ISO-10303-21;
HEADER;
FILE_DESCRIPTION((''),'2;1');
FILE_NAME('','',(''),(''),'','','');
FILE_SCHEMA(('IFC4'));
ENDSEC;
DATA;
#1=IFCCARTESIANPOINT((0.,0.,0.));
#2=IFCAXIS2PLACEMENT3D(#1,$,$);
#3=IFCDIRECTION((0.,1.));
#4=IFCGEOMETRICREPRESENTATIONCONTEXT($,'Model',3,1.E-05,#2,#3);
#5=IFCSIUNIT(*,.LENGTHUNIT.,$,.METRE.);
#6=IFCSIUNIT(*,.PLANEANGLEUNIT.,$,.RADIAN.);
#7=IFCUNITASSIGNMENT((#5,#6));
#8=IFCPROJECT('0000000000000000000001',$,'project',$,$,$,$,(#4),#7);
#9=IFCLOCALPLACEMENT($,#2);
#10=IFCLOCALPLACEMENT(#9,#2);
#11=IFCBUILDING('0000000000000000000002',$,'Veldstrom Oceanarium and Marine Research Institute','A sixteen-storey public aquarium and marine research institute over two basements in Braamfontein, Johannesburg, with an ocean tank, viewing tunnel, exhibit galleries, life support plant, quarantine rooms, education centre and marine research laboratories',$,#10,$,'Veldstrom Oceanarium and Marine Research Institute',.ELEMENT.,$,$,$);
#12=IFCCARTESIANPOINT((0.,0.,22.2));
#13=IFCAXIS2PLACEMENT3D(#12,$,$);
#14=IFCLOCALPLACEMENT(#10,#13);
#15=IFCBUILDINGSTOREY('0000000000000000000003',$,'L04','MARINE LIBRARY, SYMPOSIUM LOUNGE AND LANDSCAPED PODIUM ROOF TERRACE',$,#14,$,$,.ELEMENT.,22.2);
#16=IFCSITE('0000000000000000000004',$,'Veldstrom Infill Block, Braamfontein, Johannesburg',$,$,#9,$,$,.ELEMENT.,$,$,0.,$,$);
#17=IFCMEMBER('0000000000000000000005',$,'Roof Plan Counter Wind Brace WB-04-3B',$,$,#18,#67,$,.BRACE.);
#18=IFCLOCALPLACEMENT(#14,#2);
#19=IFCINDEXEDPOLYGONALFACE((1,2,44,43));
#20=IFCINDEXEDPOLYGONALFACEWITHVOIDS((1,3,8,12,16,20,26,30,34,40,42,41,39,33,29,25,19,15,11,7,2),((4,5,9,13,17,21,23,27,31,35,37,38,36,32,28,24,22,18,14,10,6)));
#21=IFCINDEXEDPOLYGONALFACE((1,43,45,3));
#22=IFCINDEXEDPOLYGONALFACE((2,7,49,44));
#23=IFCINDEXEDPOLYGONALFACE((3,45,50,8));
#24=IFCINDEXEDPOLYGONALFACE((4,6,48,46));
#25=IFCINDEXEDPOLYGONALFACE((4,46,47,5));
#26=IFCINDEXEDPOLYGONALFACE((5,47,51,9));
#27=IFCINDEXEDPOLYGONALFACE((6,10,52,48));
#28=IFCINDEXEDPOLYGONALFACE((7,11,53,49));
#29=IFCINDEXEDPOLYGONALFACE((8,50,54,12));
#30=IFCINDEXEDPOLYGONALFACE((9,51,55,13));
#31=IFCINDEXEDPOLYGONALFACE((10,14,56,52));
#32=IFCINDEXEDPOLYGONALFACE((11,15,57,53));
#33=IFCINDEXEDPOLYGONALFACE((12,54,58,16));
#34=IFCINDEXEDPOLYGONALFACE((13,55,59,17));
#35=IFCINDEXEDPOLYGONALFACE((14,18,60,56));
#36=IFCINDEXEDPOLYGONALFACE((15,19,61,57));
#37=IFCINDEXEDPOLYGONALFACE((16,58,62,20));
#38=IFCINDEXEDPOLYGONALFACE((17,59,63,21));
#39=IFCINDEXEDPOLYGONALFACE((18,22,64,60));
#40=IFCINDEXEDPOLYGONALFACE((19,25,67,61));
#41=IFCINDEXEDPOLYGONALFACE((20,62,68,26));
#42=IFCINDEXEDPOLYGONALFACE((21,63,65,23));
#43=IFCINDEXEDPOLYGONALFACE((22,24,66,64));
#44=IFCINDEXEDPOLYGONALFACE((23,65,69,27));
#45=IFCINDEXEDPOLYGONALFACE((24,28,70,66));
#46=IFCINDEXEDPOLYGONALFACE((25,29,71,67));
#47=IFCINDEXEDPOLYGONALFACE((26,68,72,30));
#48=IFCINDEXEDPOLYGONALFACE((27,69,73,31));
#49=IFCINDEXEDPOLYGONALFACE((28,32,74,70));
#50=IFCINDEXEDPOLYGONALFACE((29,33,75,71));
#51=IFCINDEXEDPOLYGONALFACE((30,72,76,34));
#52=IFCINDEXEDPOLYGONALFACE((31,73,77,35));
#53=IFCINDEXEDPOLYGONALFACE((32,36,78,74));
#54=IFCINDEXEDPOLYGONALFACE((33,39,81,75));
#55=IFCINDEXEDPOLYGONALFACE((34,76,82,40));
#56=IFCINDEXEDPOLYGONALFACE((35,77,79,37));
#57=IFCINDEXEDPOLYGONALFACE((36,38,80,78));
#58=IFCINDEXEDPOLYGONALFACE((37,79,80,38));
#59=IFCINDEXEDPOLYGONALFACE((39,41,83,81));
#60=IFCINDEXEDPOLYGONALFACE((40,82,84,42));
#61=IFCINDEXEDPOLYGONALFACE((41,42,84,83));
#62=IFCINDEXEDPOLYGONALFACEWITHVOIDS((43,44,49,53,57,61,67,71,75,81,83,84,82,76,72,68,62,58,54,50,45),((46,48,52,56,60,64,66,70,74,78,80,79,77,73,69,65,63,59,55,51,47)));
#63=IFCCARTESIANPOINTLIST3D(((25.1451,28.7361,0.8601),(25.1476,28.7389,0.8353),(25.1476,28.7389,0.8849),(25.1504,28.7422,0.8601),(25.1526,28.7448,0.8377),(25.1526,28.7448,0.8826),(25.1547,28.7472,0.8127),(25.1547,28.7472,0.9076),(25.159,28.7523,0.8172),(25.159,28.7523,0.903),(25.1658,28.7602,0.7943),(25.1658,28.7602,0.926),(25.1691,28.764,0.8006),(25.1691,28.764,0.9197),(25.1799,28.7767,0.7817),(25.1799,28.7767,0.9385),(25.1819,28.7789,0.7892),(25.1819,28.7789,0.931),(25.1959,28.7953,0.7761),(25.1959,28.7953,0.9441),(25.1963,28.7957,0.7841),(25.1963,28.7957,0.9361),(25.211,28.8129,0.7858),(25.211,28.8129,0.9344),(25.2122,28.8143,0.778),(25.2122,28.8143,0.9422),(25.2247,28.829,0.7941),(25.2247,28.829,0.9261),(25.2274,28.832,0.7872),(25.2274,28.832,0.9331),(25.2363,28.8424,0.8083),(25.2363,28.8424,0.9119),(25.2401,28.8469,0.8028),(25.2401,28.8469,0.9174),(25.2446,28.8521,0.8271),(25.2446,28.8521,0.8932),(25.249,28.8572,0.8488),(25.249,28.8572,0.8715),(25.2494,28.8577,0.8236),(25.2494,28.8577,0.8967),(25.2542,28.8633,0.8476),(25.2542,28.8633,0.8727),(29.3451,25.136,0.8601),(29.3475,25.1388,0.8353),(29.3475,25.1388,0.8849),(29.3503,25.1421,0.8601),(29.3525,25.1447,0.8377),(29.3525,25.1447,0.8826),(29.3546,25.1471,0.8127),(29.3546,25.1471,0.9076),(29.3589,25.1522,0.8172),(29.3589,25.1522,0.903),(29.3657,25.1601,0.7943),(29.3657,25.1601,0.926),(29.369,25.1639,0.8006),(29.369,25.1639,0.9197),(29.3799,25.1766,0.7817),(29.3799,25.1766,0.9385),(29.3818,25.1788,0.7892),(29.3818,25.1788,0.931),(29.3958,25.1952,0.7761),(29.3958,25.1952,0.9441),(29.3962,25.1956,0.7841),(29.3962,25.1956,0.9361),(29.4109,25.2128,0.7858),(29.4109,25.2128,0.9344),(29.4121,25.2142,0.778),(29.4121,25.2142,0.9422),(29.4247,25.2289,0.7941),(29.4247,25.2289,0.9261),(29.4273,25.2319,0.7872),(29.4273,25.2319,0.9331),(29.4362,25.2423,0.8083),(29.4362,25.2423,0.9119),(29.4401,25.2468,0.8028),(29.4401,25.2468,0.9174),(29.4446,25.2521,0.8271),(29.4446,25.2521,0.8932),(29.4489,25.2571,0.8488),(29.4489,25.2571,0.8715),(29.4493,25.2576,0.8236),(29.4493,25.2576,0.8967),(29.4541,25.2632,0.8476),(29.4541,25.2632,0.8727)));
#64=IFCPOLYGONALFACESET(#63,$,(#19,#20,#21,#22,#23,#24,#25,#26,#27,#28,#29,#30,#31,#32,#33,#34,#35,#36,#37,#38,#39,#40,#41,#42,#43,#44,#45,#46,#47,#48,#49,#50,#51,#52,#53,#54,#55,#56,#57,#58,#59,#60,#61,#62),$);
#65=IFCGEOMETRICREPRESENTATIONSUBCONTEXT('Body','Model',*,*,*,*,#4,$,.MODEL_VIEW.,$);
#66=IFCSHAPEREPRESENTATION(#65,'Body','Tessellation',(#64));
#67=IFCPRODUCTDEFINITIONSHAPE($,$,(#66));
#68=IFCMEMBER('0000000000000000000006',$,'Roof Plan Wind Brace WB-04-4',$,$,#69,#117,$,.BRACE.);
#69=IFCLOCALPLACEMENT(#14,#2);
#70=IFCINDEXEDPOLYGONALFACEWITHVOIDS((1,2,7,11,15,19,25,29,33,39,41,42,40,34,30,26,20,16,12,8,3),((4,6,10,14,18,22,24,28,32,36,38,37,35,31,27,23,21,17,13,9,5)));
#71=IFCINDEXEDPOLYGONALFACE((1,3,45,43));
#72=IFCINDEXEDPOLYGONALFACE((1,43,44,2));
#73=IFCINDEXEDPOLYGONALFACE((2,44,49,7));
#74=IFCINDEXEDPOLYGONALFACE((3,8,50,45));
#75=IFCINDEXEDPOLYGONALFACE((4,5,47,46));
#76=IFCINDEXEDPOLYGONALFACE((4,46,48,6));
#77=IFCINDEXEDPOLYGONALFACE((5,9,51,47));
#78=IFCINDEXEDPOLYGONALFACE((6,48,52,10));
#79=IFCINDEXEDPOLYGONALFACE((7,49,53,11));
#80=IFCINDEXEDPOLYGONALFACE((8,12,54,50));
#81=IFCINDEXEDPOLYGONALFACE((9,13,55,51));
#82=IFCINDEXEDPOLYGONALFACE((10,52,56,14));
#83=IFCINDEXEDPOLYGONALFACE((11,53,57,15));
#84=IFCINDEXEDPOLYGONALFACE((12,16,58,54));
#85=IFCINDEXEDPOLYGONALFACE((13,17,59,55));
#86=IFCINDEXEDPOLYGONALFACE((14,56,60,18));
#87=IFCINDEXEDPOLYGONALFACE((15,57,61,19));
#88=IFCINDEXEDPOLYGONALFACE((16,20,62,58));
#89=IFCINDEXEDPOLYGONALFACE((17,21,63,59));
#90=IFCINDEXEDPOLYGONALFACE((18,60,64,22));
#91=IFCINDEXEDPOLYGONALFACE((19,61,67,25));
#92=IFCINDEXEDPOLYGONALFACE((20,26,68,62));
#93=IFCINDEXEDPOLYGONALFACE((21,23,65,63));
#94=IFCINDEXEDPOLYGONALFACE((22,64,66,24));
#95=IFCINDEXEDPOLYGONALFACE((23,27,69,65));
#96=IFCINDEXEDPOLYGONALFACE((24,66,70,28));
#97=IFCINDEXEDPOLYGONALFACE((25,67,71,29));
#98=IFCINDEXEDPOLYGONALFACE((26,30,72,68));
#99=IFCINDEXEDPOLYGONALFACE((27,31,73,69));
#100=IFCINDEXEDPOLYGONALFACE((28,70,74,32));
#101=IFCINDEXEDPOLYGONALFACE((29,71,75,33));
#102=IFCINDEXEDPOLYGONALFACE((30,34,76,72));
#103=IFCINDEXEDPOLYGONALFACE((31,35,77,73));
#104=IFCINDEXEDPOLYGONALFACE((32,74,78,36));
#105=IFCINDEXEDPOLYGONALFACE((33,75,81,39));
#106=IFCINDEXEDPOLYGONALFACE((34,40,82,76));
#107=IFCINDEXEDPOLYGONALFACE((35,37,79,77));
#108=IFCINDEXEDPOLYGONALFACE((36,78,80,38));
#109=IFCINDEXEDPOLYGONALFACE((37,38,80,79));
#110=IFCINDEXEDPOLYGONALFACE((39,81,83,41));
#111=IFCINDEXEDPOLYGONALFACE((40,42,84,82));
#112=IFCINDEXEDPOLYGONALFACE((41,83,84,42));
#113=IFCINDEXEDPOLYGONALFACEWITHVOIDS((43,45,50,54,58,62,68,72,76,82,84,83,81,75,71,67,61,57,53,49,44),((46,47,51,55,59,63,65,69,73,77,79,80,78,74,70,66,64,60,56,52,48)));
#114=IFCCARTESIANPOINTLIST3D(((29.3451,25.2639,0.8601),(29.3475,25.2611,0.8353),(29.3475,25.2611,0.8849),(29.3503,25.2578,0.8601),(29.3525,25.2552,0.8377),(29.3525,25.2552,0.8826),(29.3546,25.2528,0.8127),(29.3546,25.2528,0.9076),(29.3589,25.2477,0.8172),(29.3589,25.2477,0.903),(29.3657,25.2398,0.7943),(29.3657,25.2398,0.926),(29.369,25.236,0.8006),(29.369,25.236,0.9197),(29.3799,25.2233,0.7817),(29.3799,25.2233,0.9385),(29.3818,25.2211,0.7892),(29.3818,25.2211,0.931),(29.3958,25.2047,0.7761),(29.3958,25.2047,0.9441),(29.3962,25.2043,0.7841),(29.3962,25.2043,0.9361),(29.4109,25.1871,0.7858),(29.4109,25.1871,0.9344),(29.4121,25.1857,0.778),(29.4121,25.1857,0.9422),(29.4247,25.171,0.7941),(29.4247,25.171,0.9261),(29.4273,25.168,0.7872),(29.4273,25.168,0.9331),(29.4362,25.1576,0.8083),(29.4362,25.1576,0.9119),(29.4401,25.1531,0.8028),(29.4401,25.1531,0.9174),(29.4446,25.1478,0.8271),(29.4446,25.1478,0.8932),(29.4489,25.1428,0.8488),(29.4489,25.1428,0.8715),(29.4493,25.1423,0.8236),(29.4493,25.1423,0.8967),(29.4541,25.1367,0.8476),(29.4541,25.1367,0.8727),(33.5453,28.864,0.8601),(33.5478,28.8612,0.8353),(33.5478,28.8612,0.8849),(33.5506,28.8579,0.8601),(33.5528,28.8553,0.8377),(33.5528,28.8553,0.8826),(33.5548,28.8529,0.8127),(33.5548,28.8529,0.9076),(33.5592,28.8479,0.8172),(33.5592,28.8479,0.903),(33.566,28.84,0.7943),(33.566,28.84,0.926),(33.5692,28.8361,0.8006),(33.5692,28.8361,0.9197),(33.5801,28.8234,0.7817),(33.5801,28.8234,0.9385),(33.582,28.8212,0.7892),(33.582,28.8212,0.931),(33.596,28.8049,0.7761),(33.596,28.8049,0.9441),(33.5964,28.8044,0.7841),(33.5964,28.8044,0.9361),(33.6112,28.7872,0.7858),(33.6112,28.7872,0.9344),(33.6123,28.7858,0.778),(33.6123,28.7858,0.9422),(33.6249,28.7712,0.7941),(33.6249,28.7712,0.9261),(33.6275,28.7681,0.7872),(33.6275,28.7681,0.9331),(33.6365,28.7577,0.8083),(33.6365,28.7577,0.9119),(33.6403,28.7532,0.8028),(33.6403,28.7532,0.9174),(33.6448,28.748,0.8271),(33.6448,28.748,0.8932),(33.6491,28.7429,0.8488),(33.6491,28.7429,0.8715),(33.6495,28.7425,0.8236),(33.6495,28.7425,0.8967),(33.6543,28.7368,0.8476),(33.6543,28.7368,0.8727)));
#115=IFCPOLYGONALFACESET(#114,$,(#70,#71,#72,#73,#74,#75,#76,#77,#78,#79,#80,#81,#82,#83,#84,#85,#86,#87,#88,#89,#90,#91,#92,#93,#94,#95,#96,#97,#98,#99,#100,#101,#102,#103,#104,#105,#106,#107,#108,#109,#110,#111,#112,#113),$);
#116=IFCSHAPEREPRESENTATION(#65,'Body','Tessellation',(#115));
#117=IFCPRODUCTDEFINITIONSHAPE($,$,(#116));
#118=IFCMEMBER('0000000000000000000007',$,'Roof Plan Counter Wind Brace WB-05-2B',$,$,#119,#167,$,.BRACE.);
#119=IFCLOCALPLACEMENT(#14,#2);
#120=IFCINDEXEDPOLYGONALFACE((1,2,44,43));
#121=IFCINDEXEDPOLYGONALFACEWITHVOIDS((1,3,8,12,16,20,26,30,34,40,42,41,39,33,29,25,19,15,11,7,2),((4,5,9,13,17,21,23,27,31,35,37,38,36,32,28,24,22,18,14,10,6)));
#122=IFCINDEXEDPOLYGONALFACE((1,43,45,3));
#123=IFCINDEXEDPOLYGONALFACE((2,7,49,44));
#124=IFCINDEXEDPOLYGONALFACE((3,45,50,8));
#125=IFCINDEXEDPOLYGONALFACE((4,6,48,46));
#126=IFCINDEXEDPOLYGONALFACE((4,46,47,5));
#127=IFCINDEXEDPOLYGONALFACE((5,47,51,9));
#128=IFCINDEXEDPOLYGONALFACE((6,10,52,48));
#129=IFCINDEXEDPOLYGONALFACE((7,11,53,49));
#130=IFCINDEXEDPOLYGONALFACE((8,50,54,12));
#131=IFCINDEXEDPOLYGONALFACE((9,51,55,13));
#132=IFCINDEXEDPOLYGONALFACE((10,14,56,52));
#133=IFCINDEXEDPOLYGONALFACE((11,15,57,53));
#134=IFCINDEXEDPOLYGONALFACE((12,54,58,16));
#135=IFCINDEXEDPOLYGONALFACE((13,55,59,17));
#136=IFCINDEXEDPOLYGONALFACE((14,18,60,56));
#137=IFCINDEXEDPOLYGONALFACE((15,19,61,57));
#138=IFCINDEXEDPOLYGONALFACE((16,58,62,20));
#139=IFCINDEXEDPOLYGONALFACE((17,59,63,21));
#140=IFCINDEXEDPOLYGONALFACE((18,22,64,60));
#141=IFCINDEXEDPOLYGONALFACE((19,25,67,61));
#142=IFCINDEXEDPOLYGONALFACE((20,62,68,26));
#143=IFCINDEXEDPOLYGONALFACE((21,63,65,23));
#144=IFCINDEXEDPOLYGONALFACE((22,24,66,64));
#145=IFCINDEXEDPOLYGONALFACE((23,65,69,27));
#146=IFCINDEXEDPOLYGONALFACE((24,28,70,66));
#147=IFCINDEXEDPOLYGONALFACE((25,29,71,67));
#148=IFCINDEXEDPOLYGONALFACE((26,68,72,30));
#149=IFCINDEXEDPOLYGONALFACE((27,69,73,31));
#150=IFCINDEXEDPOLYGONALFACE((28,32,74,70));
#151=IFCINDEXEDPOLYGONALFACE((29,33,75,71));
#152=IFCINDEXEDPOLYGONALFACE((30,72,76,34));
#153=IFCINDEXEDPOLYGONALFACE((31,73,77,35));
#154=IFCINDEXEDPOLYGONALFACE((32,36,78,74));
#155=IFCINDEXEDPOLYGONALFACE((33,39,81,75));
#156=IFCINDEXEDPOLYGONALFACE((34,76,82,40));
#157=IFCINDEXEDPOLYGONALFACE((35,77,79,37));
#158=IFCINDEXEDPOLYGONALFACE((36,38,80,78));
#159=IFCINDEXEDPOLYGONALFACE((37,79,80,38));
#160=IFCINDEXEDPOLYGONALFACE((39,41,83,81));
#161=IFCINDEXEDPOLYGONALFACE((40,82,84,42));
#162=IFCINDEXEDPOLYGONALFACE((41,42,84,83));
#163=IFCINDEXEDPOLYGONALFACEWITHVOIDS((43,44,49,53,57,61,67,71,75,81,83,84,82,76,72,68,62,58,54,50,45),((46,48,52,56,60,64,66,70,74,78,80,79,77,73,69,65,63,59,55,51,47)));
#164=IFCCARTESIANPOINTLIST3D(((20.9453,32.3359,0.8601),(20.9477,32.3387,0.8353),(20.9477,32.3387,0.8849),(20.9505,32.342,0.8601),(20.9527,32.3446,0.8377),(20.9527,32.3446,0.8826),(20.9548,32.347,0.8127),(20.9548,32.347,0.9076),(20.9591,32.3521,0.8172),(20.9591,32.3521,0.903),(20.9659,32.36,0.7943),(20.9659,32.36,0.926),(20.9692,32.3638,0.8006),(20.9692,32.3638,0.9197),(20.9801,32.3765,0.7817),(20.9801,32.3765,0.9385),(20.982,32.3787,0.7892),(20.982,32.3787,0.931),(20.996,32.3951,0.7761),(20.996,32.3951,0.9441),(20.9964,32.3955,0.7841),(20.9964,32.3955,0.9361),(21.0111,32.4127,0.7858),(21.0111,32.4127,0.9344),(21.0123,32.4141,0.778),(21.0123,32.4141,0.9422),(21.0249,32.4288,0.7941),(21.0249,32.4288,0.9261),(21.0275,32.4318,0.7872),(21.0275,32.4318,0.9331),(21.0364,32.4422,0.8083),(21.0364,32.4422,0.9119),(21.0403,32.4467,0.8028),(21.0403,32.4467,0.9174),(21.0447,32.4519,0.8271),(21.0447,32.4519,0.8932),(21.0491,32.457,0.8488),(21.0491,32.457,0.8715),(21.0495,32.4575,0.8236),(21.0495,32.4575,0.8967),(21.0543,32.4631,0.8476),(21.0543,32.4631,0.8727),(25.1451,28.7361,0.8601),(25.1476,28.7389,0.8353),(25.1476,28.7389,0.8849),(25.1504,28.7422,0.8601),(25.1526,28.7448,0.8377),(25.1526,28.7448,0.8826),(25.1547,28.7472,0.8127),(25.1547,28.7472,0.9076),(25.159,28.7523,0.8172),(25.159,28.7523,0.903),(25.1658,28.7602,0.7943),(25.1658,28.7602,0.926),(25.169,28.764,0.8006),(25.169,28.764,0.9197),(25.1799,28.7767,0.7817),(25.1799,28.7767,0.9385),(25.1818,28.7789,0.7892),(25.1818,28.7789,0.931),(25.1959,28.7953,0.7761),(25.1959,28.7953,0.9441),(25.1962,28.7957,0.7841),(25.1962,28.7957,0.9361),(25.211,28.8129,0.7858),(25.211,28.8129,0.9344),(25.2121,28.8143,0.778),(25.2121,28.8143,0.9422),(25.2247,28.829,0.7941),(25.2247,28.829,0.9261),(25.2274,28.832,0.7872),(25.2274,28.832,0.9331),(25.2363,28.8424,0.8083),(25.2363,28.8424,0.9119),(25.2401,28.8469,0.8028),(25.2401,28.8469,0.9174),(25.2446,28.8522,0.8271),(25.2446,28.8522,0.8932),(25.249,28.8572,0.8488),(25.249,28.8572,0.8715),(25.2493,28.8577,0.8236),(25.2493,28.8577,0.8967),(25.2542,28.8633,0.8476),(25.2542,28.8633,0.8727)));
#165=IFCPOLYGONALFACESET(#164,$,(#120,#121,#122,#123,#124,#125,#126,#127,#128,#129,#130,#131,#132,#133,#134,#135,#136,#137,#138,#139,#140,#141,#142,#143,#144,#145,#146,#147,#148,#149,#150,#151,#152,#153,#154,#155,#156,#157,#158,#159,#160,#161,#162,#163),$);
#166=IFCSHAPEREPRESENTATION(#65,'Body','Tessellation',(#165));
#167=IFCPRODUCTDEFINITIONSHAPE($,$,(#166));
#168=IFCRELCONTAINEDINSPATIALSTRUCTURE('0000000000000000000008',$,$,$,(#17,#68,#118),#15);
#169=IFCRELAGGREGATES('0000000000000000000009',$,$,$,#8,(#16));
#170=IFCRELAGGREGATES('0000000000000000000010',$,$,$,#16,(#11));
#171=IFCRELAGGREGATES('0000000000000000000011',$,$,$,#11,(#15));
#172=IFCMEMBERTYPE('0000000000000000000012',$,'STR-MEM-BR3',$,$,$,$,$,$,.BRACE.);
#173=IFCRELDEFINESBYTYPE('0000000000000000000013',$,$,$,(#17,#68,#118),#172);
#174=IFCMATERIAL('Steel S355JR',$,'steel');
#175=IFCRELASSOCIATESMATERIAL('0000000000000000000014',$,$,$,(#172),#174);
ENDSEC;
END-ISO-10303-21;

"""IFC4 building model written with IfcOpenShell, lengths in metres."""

from ifc_helpers import new_model, si_unit, direction, frame, origin, origin_2d, place, context, subcontext, project, spatial, hollow_circle, extrude, material, material_profile, profile_set, type_object, element, save


model = new_model("IFC4")

# Units and contexts
model_context = context("Model", 3, precision=1e-05, world=origin(), true_north=direction((0.0, 1.0)))
body_context = subcontext(model_context, "Body", "Model", "MODEL_VIEW")
ifc_project = project(units=[si_unit("LENGTHUNIT", "METRE"), si_unit("PLANEANGLEUNIT", "RADIAN")], contexts=[model_context])

# Site, building, storey
site_placement = place(None, origin())
site = spatial("IfcSite", under=ifc_project, at=site_placement, Name="Veldstrom Infill Block, Braamfontein, Johannesburg", CompositionType="ELEMENT", RefElevation=0.0)
building_placement = place(site_placement, origin())
building = spatial("IfcBuilding", under=site, at=building_placement, Name="Veldstrom Oceanarium and Marine Research Institute", Description="A sixteen-storey public aquarium and marine research institute over two basements in Braamfontein, Johannesburg, with an ocean tank, viewing tunnel, exhibit galleries, life support plant, quarantine rooms, education centre and marine research laboratories", LongName="Veldstrom Oceanarium and Marine Research Institute", CompositionType="ELEMENT")
storey_placement = place(building_placement, frame((0.0, 0.0, 22.2)))
storey = spatial("IfcBuildingStorey", under=building, at=storey_placement, Name="L04", Description="MARINE LIBRARY, SYMPOSIUM LOUNGE AND LANDSCAPED PODIUM ROOF TERRACE", CompositionType="ELEMENT", Elevation=22.2)

# Members
ifc_material_1 = material(Name="Steel S355JR", Category="steel")
ifc_material_profile_1 = material_profile(ifc_material_1, hollow_circle(Radius=0.0842, WallThickness=0.0081, at=origin_2d()), Name="CHS 168.3x8")
ifc_profile_set_1 = profile_set([ifc_material_profile_1], Name="Steel S355JR")
member_type_1 = type_object("IfcMemberType", Name="STR-MEM-BR3", PredefinedType="BRACE", material=ifc_profile_set_1)
for number, where, z_axis, x_axis, name in (
    (1, (29.3999, 25.2, 0.8601), (-0.759244, 0.650806, 0.0), (-0.650806, -0.759244, 0.0), "Roof Plan Counter Wind Brace WB-04-3B"),
):
    element("IfcMember", number, at=place(storey_placement, frame(where, z_axis=z_axis, x_axis=x_axis)), inside=storey, type_object=member_type_1, Name=name, PredefinedType="BRACE", context=body_context, shape_type="SweptSolid", body=[
        extrude(hollow_circle(Radius=0.0842, WallThickness=0.0081, at=origin_2d()), origin(), (0.0, 0.0, 1.0), 5.5317),
    ])
member_1_placement = place(storey_placement, frame((29.3999, 25.2, 0.8601), z_axis=(0.759263, 0.650784, 0.0), x_axis=(-0.650784, 0.759263, 0.0)))
element("IfcMember", 2, at=member_1_placement, inside=storey, type_object=member_type_1, Name="Roof Plan Wind Brace WB-04-4", PredefinedType="BRACE", context=body_context, shape_type="SweptSolid", body=[
    extrude(hollow_circle(Radius=0.0842, WallThickness=0.0081, at=origin_2d()), origin(), (0.0, 0.0, 1.0), 5.532),
])
for number, where, z_axis, x_axis, name in (
    (3, (25.2, 28.8, 0.8601), (-0.759266, 0.65078, 0.0), (-0.65078, -0.759266, 0.0), "Roof Plan Counter Wind Brace WB-05-2B"),
):
    element("IfcMember", number, at=place(storey_placement, frame(where, z_axis=z_axis, x_axis=x_axis)), inside=storey, type_object=member_type_1, Name=name, PredefinedType="BRACE", context=body_context, shape_type="SweptSolid", body=[
        extrude(hollow_circle(Radius=0.0842, WallThickness=0.0081, at=origin_2d()), origin(), (0.0, 0.0, 1.0), 5.5315),
    ])

save(model, "model.ifc")
